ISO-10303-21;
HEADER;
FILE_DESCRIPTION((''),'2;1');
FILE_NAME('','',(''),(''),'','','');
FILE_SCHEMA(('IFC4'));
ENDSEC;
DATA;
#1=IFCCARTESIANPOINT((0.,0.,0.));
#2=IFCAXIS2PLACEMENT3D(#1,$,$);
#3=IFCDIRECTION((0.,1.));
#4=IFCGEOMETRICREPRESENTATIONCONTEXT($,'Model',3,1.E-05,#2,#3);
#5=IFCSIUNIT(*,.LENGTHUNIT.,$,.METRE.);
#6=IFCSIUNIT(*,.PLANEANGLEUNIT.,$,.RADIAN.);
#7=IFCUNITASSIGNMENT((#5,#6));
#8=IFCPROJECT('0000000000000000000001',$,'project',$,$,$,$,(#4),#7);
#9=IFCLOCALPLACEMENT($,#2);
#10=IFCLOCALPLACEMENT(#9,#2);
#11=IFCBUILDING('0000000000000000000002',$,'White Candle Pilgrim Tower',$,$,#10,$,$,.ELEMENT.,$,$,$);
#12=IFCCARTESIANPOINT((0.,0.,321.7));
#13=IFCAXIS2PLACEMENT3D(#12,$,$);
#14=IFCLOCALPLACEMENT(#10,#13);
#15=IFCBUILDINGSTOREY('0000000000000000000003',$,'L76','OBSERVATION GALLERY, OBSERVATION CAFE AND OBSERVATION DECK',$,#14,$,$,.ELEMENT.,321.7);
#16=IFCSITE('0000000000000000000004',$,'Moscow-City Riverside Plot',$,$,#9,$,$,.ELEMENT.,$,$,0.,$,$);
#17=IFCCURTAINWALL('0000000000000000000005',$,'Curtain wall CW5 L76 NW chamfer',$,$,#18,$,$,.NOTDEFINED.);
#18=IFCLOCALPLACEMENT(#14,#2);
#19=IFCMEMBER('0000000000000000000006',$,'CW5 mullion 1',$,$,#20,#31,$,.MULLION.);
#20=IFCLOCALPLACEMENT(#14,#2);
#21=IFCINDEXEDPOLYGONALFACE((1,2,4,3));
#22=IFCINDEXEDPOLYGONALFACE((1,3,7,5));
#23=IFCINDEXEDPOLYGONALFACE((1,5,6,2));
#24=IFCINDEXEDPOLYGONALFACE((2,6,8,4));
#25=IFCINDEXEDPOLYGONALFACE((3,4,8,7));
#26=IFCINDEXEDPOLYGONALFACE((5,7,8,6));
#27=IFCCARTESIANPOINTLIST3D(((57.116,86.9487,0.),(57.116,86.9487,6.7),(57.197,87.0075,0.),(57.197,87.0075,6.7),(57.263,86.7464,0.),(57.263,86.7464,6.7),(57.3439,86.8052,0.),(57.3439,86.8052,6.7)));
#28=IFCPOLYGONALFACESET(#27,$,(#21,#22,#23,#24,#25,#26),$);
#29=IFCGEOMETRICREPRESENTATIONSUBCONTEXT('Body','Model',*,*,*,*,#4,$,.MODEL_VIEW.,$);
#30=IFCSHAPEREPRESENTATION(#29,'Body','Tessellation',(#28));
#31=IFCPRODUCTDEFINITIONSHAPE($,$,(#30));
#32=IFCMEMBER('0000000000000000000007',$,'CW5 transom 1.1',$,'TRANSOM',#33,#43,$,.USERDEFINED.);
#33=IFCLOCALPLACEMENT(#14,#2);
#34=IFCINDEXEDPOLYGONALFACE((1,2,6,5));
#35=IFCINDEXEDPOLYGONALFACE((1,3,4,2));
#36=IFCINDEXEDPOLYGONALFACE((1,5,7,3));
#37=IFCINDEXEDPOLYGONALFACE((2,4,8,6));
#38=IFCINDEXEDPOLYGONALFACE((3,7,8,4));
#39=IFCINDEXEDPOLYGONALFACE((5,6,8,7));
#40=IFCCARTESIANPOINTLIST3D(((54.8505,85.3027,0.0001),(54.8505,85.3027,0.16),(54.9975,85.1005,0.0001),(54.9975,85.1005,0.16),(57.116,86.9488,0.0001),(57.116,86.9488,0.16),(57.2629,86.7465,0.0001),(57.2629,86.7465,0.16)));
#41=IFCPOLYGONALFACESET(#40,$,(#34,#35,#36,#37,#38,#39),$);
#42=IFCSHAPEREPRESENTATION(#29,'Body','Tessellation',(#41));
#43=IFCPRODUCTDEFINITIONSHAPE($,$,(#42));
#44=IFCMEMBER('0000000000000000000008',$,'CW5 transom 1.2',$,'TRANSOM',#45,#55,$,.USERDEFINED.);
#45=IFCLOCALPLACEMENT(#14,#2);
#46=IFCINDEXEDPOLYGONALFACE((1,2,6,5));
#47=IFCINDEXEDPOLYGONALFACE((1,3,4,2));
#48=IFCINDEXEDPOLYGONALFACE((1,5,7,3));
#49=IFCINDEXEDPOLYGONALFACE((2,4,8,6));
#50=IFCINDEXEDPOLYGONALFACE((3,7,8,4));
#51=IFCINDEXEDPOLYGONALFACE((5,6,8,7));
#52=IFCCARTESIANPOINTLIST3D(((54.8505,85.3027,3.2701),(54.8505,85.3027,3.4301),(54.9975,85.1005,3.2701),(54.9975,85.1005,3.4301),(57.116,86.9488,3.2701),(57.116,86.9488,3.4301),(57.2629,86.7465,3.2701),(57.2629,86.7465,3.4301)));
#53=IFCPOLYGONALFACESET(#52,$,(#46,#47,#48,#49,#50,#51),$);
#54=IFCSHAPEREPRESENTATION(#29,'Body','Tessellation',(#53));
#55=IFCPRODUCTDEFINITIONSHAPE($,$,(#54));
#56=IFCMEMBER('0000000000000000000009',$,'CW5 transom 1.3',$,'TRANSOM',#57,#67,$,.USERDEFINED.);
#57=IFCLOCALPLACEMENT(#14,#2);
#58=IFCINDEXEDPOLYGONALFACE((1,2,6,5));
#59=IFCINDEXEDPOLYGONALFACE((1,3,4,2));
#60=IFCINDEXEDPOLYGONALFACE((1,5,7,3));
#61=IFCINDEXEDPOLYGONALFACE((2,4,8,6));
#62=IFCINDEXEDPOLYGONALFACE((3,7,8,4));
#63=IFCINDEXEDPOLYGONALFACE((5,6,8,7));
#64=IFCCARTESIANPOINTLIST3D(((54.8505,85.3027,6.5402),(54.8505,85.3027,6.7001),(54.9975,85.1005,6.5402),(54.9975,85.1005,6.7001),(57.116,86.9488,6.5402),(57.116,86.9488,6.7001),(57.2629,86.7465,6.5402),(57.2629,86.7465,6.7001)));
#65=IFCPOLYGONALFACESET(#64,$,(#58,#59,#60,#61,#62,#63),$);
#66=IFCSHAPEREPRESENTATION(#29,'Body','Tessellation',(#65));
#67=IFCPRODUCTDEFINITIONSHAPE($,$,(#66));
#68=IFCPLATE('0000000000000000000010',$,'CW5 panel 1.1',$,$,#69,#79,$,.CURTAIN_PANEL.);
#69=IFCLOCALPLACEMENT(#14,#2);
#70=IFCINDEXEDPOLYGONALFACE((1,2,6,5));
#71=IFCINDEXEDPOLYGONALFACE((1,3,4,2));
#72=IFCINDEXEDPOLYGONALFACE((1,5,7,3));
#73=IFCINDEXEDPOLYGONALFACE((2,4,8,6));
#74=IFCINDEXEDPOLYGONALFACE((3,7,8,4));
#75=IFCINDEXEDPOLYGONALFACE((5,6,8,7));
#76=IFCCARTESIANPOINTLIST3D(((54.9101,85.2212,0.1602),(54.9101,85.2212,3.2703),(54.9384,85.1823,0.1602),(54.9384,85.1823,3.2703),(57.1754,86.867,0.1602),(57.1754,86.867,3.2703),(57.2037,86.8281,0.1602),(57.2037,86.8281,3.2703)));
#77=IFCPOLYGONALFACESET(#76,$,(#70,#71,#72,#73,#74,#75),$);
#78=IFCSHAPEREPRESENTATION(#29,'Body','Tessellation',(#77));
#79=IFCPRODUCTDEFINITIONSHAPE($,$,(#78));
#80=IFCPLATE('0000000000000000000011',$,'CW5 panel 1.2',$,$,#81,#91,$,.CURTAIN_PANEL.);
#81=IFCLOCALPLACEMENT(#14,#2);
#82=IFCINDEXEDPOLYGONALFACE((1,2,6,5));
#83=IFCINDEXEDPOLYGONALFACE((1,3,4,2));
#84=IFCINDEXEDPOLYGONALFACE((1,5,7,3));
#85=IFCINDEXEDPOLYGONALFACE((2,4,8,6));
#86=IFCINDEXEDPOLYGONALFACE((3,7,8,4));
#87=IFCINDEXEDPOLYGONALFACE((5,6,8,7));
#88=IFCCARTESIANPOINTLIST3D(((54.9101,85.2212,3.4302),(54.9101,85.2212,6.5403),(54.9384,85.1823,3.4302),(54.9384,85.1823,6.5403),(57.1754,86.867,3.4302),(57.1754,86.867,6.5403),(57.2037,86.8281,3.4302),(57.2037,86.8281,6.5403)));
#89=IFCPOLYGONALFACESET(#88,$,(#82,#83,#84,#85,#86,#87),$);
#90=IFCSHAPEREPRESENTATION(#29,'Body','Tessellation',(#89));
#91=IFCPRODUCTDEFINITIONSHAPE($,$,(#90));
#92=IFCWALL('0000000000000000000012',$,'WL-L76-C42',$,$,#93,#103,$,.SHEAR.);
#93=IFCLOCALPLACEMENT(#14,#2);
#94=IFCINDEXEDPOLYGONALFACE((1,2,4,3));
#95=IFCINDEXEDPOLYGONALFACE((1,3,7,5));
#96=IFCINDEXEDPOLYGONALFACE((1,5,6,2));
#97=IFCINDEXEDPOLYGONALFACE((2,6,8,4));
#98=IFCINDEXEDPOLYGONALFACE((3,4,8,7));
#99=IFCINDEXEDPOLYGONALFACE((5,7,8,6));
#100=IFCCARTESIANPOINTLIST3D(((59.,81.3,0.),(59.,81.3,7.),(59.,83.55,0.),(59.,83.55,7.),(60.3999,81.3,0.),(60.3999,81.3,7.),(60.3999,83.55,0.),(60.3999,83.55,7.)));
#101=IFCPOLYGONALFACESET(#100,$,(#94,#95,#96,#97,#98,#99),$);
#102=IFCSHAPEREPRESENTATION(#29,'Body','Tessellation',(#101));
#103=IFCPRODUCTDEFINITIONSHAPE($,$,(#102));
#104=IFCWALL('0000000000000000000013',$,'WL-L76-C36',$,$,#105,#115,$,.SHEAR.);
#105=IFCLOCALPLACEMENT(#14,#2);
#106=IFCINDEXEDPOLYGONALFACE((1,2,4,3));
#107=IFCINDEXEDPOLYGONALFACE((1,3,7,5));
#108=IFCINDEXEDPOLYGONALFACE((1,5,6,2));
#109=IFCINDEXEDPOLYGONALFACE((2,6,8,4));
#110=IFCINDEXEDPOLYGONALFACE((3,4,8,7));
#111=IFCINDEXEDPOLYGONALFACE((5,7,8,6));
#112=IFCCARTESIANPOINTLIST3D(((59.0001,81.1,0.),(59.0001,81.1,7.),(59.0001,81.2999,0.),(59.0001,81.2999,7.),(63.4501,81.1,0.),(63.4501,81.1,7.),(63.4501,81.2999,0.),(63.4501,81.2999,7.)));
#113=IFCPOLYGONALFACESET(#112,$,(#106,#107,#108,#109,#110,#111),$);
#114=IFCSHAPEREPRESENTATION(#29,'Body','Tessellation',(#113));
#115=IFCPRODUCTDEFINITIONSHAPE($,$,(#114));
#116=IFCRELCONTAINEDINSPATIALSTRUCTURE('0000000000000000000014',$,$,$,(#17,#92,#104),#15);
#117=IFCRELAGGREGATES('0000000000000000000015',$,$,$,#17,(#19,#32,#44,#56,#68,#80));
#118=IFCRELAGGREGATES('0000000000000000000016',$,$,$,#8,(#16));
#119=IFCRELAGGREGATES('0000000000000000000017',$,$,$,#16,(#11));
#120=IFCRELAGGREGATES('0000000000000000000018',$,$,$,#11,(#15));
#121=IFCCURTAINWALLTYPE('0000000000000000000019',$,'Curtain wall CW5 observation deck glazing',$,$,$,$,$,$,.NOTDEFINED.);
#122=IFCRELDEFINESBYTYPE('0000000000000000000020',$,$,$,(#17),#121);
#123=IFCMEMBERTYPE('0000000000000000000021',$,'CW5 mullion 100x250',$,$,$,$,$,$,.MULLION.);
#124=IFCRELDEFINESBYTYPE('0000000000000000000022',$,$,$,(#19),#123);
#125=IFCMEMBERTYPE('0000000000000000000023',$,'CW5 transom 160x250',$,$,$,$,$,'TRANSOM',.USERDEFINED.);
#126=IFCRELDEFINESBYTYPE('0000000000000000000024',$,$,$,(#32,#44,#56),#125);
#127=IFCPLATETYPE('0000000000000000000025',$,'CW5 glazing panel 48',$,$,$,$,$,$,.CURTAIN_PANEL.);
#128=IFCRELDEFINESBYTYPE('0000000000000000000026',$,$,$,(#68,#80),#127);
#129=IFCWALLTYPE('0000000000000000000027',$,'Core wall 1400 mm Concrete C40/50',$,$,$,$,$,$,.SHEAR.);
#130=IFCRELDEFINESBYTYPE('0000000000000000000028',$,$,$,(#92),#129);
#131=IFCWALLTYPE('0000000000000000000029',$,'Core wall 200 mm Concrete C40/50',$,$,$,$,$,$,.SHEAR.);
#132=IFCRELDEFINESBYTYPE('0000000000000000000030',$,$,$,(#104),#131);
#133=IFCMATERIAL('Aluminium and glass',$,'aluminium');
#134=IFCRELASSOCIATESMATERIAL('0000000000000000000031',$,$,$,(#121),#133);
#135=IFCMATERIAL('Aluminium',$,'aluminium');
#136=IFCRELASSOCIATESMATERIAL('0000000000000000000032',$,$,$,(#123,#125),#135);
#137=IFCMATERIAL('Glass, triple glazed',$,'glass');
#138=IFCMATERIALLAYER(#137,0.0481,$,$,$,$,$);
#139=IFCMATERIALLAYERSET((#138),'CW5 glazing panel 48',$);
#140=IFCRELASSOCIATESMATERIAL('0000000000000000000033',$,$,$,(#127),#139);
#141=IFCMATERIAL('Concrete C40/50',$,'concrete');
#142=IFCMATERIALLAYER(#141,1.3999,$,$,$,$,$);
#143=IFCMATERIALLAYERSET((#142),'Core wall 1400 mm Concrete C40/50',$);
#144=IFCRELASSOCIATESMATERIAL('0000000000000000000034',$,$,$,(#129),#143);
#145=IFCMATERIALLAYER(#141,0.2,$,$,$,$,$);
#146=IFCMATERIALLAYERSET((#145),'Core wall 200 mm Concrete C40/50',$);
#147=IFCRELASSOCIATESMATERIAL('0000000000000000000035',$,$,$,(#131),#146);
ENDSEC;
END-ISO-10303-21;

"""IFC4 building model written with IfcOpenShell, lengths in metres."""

from ifc_helpers import new_model, si_unit, direction, frame, frame_2d, origin, origin_2d, place, context, subcontext, project, spatial, rectangle, extrude, material, layer, layer_set, material_profile, profile_set, type_object, element, aggregate, save


model = new_model("IFC4")

# Units and contexts
model_context = context("Model", 3, precision=1e-05, world=origin(), true_north=direction((0.0, 1.0)))
body_context = subcontext(model_context, "Body", "Model", "MODEL_VIEW")
ifc_project = project(units=[si_unit("LENGTHUNIT", "METRE"), si_unit("PLANEANGLEUNIT", "RADIAN")], contexts=[model_context])

# Site, building, storey
site_placement = place(None, origin())
site = spatial("IfcSite", under=ifc_project, at=site_placement, Name="Moscow-City Riverside Plot", CompositionType="ELEMENT", RefElevation=0.0)
building_placement = place(site_placement, origin())
building = spatial("IfcBuilding", under=site, at=building_placement, Name="White Candle Pilgrim Tower", CompositionType="ELEMENT")
storey_placement = place(building_placement, frame((0.0, 0.0, 321.7)))
storey = spatial("IfcBuildingStorey", under=building, at=storey_placement, Name="L76", Description="OBSERVATION GALLERY, OBSERVATION CAFE AND OBSERVATION DECK", CompositionType="ELEMENT", Elevation=321.7)

# Curtain wall, members, plates
ifc_material_1 = material(Name="Aluminium and glass", Category="aluminium")
curtain_wall_type = type_object("IfcCurtainWallType", Name="Curtain wall CW5 observation deck glazing", PredefinedType="NOTDEFINED", material=ifc_material_1)
curtain_wall_placement = place(storey_placement, origin())
curtain_wall = element("IfcCurtainWall", 1, at=curtain_wall_placement, inside=storey, type_object=curtain_wall_type, Name="Curtain wall CW5 L76 NW chamfer", PredefinedType="NOTDEFINED")
ifc_material_2 = material(Name="Aluminium", Category="aluminium")
ifc_material_profile_1 = material_profile(ifc_material_2, rectangle(XDim=0.25, YDim=0.1001, at=origin_2d()), Name="CW5 mullion 100x250")
ifc_profile_set_1 = profile_set([ifc_material_profile_1], Name="Aluminium")
member_type_1 = type_object("IfcMemberType", Name="CW5 mullion 100x250", PredefinedType="MULLION", material=ifc_profile_set_1)
member_1_placement = place(storey_placement, frame((57.23, 86.877, 0.0), z_axis=(0.0, 0.0, 1.0), x_axis=(0.587785, -0.809017, 0.0)))
member_1 = element("IfcMember", 2, at=member_1_placement, type_object=member_type_1, Name="CW5 mullion 1", PredefinedType="MULLION", context=body_context, shape_type="SweptSolid", body=[
    extrude(rectangle(XDim=0.25, YDim=0.1001, at=origin_2d()), origin(), (0.0, 0.0, 1.0), 6.7),
])
ifc_material_profile_2 = material_profile(ifc_material_2, rectangle(XDim=0.25, YDim=0.1599, at=origin_2d()), Name="CW5 transom 160x250")
ifc_profile_set_2 = profile_set([ifc_material_profile_2], Name="Aluminium")
member_type_2 = type_object("IfcMemberType", Name="CW5 transom 160x250", ElementType="TRANSOM", PredefinedType="USERDEFINED", material=ifc_profile_set_2)
member_2_placement = place(storey_placement, frame((57.1895, 86.8477, 0.0801), z_axis=(-0.809, -0.587809, 0.0), x_axis=(0.587809, -0.809, 0.0)))
member_2 = element("IfcMember", 3, at=member_2_placement, type_object=member_type_2, Name="CW5 transom 1.1", ObjectType="TRANSOM", PredefinedType="USERDEFINED", context=body_context, shape_type="SweptSolid", body=[
    extrude(rectangle(XDim=0.25, YDim=0.1599, at=origin_2d()), origin(), (0.0, 0.0, 1.0), 2.8003),
])
member_3_placement = place(storey_placement, frame((57.1895, 86.8477, 3.3501), z_axis=(-0.809, -0.587809, 0.0), x_axis=(0.587809, -0.809, 0.0)))
member_3 = element("IfcMember", 4, at=member_3_placement, type_object=member_type_2, Name="CW5 transom 1.2", ObjectType="TRANSOM", PredefinedType="USERDEFINED", context=body_context, shape_type="SweptSolid", body=[
    extrude(rectangle(XDim=0.25, YDim=0.1599, at=origin_2d()), origin(), (0.0, 0.0, 1.0), 2.8003),
])
member_4_placement = place(storey_placement, frame((57.1895, 86.8477, 6.6201), z_axis=(-0.809, -0.587809, 0.0), x_axis=(0.587809, -0.809, 0.0)))
member_4 = element("IfcMember", 5, at=member_4_placement, type_object=member_type_2, Name="CW5 transom 1.3", ObjectType="TRANSOM", PredefinedType="USERDEFINED", context=body_context, shape_type="SweptSolid", body=[
    extrude(rectangle(XDim=0.25, YDim=0.1599, at=origin_2d()), origin(), (0.0, 0.0, 1.0), 2.8003),
])
ifc_material_3 = material(Name="Glass, triple glazed", Category="glass")
ifc_layer_1 = layer(ifc_material_3, 0.0481)
ifc_layer_set_1 = layer_set([ifc_layer_1], Name="CW5 glazing panel 48")
plate_type = type_object("IfcPlateType", Name="CW5 glazing panel 48", PredefinedType="CURTAIN_PANEL", material=ifc_layer_set_1)
plate_1_placement = place(storey_placement, frame((56.0569, 86.0247, 0.1602), z_axis=(0.0, 0.0, 1.0), x_axis=(-0.809017, -0.587785, 0.0)))
plate_1 = element("IfcPlate", 6, at=plate_1_placement, type_object=plate_type, Name="CW5 panel 1.1", PredefinedType="CURTAIN_PANEL", context=body_context, shape_type="SweptSolid", body=[
    extrude(rectangle(XDim=2.8, YDim=0.0481, at=origin_2d()), origin(), (0.0, 0.0, 1.0), 3.1101),
])
plate_2_placement = place(storey_placement, frame((56.0569, 86.0247, 3.4302), z_axis=(0.0, 0.0, 1.0), x_axis=(-0.809017, -0.587785, 0.0)))
plate_2 = element("IfcPlate", 7, at=plate_2_placement, type_object=plate_type, Name="CW5 panel 1.2", PredefinedType="CURTAIN_PANEL", context=body_context, shape_type="SweptSolid", body=[
    extrude(rectangle(XDim=2.8, YDim=0.0481, at=origin_2d()), origin(), (0.0, 0.0, 1.0), 3.1101),
])
aggregate(curtain_wall, [member_1, member_2, member_3, member_4, plate_1, plate_2])

# Walls
ifc_material_4 = material(Name="Concrete C40/50", Category="concrete")
ifc_layer_2 = layer(ifc_material_4, 1.3999)
ifc_layer_set_2 = layer_set([ifc_layer_2], Name="Core wall 1400 mm Concrete C40/50")
wall_type_1 = type_object("IfcWallType", Name="Core wall 1400 mm Concrete C40/50", PredefinedType="SHEAR", material=ifc_layer_set_2)
wall_1_placement = place(storey_placement, frame((59.7, 81.3, 0.0), z_axis=(0.0, 0.0, 1.0), x_axis=(0.0, 1.0, 0.0)))
element("IfcWall", 8, at=wall_1_placement, inside=storey, type_object=wall_type_1, Name="WL-L76-C42", PredefinedType="SHEAR", context=body_context, shape_type="SweptSolid", body=[
    extrude(rectangle(XDim=2.25, YDim=1.3999, at=frame_2d((1.125, 0.0))), origin(), (0.0, 0.0, 1.0), 7.0),
])
ifc_layer_3 = layer(ifc_material_4, 0.2)
ifc_layer_set_3 = layer_set([ifc_layer_3], Name="Core wall 200 mm Concrete C40/50")
wall_type_2 = type_object("IfcWallType", Name="Core wall 200 mm Concrete C40/50", PredefinedType="SHEAR", material=ifc_layer_set_3)
wall_2_placement = place(storey_placement, frame((59.0, 81.2, 0.0), z_axis=(0.0, 0.0, 1.0), x_axis=(1.0, 0.0, 0.0)))
element("IfcWall", 9, at=wall_2_placement, inside=storey, type_object=wall_type_2, Name="WL-L76-C36", PredefinedType="SHEAR", context=body_context, shape_type="SweptSolid", body=[
    extrude(rectangle(XDim=4.45, YDim=0.2, at=frame_2d((2.2251, 0.0))), origin(), (0.0, 0.0, 1.0), 7.0),
])

save(model, "model.ifc")
